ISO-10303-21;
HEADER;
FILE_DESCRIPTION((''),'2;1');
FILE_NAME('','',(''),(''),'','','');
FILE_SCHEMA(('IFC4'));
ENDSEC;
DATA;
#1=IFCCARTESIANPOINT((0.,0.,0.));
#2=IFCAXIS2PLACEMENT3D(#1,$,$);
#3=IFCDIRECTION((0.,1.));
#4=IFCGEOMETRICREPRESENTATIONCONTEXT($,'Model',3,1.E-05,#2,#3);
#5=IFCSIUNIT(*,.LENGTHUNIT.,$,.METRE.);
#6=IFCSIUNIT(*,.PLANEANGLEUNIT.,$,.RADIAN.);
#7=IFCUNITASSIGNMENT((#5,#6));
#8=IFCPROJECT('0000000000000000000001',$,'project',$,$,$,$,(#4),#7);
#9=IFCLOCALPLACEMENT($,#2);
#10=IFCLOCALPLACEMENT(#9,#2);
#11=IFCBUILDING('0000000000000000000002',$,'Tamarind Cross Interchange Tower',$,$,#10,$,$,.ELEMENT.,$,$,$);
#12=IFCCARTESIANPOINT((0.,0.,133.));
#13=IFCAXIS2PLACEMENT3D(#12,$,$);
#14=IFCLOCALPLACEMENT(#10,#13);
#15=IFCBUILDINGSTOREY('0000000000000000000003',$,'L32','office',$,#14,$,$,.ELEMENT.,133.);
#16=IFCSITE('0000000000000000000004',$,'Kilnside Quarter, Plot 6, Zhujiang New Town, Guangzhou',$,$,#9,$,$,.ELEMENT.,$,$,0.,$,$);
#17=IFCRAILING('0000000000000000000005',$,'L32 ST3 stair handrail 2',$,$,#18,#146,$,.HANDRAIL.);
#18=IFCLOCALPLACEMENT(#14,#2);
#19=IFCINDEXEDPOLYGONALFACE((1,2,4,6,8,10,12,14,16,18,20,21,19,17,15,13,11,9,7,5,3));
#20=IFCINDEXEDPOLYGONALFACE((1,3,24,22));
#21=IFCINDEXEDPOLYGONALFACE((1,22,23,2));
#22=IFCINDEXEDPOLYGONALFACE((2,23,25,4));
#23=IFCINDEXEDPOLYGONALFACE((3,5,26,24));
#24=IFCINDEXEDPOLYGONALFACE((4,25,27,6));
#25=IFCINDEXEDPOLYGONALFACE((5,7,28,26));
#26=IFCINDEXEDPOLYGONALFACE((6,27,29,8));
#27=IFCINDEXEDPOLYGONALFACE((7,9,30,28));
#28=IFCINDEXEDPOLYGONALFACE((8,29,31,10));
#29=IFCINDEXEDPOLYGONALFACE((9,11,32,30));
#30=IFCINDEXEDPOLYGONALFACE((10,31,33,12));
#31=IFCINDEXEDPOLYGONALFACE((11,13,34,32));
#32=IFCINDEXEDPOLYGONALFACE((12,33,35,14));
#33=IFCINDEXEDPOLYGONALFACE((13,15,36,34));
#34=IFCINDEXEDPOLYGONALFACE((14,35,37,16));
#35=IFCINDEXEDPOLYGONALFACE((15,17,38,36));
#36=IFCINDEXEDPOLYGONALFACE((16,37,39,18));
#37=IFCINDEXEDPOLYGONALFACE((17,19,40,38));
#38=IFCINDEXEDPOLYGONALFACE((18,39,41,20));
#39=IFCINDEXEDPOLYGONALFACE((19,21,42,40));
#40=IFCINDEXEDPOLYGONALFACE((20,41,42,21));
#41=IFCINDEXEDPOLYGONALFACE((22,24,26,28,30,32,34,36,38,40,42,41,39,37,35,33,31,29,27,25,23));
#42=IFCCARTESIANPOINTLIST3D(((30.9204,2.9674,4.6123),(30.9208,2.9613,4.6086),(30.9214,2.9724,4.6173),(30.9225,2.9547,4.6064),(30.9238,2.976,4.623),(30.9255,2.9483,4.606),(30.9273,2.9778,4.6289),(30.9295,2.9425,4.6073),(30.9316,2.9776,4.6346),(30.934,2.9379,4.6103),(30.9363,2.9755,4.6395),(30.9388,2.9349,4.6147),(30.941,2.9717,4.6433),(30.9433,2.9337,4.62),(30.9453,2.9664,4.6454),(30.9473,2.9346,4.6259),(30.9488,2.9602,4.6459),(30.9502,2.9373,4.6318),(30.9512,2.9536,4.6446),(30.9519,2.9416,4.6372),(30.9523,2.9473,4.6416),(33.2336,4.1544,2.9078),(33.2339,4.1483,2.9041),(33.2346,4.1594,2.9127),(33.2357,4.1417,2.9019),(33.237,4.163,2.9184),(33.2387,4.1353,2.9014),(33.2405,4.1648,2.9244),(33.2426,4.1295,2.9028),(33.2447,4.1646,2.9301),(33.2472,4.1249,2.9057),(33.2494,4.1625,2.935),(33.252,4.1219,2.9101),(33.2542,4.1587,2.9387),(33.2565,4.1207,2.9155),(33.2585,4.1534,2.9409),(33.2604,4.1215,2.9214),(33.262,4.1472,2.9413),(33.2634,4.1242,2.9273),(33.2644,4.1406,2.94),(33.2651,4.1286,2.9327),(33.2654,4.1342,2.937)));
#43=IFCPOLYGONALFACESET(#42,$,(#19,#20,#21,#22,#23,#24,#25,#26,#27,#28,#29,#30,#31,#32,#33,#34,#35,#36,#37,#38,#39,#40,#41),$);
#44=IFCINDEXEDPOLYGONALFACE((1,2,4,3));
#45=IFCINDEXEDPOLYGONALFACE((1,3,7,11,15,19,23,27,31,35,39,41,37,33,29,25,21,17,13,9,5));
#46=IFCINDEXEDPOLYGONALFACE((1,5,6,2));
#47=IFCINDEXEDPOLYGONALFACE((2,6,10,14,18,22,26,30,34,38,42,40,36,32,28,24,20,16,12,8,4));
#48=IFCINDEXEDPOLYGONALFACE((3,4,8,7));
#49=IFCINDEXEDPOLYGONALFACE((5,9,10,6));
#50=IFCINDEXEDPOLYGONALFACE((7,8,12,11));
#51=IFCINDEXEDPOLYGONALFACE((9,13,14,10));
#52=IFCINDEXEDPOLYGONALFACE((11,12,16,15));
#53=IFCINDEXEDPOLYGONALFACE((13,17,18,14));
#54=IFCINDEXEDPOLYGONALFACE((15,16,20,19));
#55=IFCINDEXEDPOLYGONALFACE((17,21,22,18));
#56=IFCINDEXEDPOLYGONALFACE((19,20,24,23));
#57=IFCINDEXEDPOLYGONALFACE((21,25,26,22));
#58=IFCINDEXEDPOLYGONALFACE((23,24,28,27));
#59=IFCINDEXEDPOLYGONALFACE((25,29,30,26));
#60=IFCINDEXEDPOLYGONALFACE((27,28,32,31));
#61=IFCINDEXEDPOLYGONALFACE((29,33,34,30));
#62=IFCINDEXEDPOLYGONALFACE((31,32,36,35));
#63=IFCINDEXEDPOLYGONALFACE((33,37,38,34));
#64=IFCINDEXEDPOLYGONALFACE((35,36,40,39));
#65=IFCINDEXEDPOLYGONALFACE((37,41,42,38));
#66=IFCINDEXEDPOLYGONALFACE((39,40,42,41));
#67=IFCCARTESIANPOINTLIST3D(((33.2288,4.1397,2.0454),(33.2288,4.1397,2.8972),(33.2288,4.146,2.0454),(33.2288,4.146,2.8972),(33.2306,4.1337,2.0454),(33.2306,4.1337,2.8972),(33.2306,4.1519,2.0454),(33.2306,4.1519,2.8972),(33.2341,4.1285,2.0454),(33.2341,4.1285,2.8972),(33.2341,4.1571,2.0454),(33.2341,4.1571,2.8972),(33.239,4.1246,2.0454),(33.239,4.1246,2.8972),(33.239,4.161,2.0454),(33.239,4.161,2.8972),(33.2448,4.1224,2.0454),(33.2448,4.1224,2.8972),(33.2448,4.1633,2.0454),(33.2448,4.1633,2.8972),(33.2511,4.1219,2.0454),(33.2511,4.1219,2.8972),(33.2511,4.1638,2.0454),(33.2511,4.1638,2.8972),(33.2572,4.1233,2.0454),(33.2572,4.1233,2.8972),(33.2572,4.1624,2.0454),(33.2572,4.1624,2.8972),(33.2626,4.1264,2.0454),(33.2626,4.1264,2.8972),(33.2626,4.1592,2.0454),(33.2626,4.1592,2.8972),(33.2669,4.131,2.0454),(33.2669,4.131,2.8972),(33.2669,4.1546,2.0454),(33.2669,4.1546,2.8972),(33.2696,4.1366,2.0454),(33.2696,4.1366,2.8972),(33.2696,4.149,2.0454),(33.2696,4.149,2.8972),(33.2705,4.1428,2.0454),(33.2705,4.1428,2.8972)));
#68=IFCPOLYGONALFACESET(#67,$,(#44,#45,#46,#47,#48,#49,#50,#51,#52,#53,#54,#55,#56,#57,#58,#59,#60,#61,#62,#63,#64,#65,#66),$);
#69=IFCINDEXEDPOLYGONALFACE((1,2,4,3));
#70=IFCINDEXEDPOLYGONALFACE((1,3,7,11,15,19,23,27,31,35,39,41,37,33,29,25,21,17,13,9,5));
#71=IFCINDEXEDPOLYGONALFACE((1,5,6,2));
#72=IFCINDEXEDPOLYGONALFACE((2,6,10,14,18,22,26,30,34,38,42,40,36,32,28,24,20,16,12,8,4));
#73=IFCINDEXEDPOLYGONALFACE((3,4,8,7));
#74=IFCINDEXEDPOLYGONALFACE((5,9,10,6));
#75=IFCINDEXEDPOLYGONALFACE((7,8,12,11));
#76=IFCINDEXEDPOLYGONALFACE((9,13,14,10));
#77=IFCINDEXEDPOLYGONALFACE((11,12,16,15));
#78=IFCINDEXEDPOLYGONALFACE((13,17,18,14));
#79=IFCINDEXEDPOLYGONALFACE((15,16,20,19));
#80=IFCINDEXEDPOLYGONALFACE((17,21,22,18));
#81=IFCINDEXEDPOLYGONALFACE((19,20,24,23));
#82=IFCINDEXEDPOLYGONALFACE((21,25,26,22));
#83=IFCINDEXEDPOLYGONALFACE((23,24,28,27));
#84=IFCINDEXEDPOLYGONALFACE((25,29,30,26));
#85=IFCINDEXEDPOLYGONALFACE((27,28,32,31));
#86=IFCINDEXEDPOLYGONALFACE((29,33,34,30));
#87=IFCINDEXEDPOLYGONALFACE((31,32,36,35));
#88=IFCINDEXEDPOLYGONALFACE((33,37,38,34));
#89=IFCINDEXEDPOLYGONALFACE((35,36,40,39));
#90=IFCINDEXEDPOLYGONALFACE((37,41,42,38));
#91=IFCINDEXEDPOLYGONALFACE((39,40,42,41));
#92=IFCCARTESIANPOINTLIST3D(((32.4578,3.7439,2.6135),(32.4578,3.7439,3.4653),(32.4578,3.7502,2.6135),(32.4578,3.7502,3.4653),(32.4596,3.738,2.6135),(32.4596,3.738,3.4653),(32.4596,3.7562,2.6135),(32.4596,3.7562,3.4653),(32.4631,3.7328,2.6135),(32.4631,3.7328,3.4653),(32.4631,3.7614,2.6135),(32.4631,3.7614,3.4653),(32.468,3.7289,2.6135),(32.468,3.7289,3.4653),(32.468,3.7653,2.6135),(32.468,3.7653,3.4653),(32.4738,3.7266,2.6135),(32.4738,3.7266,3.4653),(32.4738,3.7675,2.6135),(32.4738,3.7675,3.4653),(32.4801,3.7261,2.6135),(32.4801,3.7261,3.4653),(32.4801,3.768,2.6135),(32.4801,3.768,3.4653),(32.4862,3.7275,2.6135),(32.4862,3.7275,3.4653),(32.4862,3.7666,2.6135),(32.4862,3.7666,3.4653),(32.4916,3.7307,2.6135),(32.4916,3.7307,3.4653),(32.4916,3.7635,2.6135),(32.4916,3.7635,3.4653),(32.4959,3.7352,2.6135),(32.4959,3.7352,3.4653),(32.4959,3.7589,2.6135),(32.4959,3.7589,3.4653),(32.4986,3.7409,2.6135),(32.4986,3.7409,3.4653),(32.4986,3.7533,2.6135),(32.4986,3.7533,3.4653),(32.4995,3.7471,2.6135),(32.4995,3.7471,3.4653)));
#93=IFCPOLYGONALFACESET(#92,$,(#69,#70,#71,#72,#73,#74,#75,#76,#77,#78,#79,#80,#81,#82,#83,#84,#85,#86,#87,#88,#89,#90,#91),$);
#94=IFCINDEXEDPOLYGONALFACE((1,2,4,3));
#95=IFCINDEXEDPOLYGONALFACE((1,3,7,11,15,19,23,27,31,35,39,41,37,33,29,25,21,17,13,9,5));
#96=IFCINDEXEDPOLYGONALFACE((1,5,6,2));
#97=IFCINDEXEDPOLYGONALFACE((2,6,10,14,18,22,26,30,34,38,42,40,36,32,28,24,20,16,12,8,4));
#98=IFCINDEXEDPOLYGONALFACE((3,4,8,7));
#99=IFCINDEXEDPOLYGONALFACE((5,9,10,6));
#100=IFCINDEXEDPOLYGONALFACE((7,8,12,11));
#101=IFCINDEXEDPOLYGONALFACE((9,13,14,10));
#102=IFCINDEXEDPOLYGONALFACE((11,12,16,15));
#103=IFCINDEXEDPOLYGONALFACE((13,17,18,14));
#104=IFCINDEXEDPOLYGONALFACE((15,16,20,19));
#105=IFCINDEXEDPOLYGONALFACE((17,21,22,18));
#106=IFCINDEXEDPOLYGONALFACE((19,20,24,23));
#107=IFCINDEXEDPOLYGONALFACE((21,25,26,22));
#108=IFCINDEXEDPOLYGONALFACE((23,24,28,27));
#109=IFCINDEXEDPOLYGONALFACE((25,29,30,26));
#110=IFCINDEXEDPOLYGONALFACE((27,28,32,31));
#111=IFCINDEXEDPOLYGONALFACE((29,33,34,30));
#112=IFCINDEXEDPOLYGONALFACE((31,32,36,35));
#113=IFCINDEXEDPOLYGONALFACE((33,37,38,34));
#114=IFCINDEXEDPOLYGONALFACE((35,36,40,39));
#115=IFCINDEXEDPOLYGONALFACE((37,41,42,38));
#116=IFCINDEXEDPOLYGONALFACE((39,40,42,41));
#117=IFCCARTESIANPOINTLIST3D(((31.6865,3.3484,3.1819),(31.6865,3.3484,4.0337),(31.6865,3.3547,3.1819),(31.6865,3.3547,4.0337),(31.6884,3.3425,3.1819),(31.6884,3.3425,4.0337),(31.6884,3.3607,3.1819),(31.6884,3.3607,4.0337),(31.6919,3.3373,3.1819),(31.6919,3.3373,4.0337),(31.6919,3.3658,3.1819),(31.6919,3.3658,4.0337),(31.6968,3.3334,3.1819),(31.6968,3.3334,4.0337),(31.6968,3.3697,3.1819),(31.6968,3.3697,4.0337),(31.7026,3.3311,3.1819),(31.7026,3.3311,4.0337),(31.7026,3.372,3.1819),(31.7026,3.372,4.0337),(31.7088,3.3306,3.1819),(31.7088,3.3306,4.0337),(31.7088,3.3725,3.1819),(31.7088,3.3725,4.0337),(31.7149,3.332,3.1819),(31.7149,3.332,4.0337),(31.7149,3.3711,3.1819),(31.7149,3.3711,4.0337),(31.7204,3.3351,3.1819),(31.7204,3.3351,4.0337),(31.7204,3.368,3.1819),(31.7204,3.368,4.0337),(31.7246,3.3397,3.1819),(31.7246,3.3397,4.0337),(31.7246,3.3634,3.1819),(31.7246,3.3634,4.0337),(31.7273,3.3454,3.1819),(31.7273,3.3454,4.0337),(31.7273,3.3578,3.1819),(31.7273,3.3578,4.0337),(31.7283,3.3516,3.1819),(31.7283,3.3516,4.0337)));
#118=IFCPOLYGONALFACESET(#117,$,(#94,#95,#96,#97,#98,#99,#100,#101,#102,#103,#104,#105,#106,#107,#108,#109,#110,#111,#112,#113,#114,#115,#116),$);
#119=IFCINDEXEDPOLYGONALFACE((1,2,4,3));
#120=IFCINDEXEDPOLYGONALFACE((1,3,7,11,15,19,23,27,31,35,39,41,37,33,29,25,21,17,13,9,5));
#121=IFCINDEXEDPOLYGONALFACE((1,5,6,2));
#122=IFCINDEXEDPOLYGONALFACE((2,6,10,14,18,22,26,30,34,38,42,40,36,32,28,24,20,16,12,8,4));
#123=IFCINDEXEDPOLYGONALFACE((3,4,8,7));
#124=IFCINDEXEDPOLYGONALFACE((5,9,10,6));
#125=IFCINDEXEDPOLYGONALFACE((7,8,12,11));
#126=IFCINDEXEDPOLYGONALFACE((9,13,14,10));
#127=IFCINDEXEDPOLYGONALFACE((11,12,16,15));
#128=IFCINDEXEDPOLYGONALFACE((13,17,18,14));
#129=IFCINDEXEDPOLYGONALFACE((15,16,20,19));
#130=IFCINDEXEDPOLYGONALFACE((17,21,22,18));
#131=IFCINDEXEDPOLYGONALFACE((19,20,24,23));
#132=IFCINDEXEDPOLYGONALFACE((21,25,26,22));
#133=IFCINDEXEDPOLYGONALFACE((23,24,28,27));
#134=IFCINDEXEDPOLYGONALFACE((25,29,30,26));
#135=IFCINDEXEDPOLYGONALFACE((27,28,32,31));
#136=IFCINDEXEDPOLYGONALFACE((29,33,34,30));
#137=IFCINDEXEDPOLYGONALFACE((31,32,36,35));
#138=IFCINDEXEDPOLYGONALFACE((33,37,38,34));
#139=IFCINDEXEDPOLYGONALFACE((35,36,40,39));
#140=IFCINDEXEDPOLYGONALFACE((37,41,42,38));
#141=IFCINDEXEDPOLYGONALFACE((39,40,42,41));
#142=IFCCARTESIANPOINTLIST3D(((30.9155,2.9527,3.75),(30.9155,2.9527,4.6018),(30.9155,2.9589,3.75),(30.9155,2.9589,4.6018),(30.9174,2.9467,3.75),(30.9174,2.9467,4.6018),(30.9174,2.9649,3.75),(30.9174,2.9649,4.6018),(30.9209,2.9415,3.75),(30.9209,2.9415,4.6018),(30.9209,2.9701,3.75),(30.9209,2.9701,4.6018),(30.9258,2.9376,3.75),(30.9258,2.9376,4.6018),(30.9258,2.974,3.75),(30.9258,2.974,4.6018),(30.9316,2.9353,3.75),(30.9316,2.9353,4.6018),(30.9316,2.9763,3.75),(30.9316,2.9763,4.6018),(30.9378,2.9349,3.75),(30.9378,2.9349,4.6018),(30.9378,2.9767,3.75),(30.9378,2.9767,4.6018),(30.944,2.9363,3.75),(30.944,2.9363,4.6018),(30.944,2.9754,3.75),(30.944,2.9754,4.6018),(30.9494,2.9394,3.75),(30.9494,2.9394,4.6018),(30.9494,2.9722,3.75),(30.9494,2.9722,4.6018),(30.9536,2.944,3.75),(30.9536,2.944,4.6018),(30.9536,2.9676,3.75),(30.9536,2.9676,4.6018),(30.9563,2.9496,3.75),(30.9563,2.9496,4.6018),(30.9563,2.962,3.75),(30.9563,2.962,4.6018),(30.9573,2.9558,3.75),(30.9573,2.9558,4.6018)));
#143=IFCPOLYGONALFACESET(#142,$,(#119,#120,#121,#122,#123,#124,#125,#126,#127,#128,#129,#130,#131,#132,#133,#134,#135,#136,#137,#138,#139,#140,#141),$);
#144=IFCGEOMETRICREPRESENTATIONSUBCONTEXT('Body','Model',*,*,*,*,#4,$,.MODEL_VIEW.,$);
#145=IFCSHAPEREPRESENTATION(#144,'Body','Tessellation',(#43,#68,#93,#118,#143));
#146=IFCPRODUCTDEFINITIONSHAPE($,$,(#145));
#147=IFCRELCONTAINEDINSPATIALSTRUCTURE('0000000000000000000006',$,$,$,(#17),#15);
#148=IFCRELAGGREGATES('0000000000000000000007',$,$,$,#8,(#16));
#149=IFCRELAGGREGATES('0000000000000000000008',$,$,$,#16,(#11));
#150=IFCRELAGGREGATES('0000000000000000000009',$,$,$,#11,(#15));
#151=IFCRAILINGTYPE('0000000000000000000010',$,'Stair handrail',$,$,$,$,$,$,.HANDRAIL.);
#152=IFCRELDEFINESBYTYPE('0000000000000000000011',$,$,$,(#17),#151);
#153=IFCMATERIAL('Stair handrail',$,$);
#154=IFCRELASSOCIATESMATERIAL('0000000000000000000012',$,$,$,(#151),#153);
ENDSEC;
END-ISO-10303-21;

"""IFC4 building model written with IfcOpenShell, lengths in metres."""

from ifc_helpers import new_model, si_unit, direction, frame, origin, origin_2d, place, context, subcontext, project, spatial, circle, extrude, material, type_object, element, save


model = new_model("IFC4")

# Units and contexts
model_context = context("Model", 3, precision=1e-05, world=origin(), true_north=direction((0.0, 1.0)))
body_context = subcontext(model_context, "Body", "Model", "MODEL_VIEW")
ifc_project = project(units=[si_unit("LENGTHUNIT", "METRE"), si_unit("PLANEANGLEUNIT", "RADIAN")], contexts=[model_context])

# Site, building, storey
site_placement = place(None, origin())
site = spatial("IfcSite", under=ifc_project, at=site_placement, Name="Kilnside Quarter, Plot 6, Zhujiang New Town, Guangzhou", CompositionType="ELEMENT", RefElevation=0.0)
building_placement = place(site_placement, origin())
building = spatial("IfcBuilding", under=site, at=building_placement, Name="Tamarind Cross Interchange Tower", CompositionType="ELEMENT")
storey_placement = place(building_placement, frame((0.0, 0.0, 133.0)))
storey = spatial("IfcBuildingStorey", under=building, at=storey_placement, Name="L32", Description="office", CompositionType="ELEMENT", Elevation=133.0)

# Railing
ifc_material_1 = material(Name="Stair handrail")
railing_type_1 = type_object("IfcRailingType", Name="Stair handrail", PredefinedType="HANDRAIL", material=ifc_material_1)
railing_1_placement = place(storey_placement, frame((33.2495, 4.1428, 2.0454)))
element("IfcRailing", 1, at=railing_1_placement, inside=storey, type_object=railing_type_1, Name="L32 ST3 stair handrail 2", PredefinedType="HANDRAIL", context=body_context, shape_type="SweptSolid", body=[
    extrude(circle(Radius=0.0239, at=origin_2d()), frame((0.0, 0.0, 0.876), z_axis=(-0.744052, -0.381803, 0.548282), x_axis=(0.456542, -0.889702, 0.0)), (0.0, 0.0, 1.0), 3.1089),
    extrude(circle(Radius=0.021, at=origin_2d()), origin(), (0.0, 0.0, 1.0), 0.8518),
    extrude(circle(Radius=0.021, at=origin_2d()), frame((-0.771, -0.3958, 0.5681)), (0.0, 0.0, 1.0), 0.8518),
    extrude(circle(Radius=0.021, at=origin_2d()), frame((-1.5422, -0.7913, 1.1365)), (0.0, 0.0, 1.0), 0.8518),
    extrude(circle(Radius=0.021, at=origin_2d()), frame((-2.3132, -1.187, 1.7046)), (0.0, 0.0, 1.0), 0.8518),
])

save(model, "model.ifc")
